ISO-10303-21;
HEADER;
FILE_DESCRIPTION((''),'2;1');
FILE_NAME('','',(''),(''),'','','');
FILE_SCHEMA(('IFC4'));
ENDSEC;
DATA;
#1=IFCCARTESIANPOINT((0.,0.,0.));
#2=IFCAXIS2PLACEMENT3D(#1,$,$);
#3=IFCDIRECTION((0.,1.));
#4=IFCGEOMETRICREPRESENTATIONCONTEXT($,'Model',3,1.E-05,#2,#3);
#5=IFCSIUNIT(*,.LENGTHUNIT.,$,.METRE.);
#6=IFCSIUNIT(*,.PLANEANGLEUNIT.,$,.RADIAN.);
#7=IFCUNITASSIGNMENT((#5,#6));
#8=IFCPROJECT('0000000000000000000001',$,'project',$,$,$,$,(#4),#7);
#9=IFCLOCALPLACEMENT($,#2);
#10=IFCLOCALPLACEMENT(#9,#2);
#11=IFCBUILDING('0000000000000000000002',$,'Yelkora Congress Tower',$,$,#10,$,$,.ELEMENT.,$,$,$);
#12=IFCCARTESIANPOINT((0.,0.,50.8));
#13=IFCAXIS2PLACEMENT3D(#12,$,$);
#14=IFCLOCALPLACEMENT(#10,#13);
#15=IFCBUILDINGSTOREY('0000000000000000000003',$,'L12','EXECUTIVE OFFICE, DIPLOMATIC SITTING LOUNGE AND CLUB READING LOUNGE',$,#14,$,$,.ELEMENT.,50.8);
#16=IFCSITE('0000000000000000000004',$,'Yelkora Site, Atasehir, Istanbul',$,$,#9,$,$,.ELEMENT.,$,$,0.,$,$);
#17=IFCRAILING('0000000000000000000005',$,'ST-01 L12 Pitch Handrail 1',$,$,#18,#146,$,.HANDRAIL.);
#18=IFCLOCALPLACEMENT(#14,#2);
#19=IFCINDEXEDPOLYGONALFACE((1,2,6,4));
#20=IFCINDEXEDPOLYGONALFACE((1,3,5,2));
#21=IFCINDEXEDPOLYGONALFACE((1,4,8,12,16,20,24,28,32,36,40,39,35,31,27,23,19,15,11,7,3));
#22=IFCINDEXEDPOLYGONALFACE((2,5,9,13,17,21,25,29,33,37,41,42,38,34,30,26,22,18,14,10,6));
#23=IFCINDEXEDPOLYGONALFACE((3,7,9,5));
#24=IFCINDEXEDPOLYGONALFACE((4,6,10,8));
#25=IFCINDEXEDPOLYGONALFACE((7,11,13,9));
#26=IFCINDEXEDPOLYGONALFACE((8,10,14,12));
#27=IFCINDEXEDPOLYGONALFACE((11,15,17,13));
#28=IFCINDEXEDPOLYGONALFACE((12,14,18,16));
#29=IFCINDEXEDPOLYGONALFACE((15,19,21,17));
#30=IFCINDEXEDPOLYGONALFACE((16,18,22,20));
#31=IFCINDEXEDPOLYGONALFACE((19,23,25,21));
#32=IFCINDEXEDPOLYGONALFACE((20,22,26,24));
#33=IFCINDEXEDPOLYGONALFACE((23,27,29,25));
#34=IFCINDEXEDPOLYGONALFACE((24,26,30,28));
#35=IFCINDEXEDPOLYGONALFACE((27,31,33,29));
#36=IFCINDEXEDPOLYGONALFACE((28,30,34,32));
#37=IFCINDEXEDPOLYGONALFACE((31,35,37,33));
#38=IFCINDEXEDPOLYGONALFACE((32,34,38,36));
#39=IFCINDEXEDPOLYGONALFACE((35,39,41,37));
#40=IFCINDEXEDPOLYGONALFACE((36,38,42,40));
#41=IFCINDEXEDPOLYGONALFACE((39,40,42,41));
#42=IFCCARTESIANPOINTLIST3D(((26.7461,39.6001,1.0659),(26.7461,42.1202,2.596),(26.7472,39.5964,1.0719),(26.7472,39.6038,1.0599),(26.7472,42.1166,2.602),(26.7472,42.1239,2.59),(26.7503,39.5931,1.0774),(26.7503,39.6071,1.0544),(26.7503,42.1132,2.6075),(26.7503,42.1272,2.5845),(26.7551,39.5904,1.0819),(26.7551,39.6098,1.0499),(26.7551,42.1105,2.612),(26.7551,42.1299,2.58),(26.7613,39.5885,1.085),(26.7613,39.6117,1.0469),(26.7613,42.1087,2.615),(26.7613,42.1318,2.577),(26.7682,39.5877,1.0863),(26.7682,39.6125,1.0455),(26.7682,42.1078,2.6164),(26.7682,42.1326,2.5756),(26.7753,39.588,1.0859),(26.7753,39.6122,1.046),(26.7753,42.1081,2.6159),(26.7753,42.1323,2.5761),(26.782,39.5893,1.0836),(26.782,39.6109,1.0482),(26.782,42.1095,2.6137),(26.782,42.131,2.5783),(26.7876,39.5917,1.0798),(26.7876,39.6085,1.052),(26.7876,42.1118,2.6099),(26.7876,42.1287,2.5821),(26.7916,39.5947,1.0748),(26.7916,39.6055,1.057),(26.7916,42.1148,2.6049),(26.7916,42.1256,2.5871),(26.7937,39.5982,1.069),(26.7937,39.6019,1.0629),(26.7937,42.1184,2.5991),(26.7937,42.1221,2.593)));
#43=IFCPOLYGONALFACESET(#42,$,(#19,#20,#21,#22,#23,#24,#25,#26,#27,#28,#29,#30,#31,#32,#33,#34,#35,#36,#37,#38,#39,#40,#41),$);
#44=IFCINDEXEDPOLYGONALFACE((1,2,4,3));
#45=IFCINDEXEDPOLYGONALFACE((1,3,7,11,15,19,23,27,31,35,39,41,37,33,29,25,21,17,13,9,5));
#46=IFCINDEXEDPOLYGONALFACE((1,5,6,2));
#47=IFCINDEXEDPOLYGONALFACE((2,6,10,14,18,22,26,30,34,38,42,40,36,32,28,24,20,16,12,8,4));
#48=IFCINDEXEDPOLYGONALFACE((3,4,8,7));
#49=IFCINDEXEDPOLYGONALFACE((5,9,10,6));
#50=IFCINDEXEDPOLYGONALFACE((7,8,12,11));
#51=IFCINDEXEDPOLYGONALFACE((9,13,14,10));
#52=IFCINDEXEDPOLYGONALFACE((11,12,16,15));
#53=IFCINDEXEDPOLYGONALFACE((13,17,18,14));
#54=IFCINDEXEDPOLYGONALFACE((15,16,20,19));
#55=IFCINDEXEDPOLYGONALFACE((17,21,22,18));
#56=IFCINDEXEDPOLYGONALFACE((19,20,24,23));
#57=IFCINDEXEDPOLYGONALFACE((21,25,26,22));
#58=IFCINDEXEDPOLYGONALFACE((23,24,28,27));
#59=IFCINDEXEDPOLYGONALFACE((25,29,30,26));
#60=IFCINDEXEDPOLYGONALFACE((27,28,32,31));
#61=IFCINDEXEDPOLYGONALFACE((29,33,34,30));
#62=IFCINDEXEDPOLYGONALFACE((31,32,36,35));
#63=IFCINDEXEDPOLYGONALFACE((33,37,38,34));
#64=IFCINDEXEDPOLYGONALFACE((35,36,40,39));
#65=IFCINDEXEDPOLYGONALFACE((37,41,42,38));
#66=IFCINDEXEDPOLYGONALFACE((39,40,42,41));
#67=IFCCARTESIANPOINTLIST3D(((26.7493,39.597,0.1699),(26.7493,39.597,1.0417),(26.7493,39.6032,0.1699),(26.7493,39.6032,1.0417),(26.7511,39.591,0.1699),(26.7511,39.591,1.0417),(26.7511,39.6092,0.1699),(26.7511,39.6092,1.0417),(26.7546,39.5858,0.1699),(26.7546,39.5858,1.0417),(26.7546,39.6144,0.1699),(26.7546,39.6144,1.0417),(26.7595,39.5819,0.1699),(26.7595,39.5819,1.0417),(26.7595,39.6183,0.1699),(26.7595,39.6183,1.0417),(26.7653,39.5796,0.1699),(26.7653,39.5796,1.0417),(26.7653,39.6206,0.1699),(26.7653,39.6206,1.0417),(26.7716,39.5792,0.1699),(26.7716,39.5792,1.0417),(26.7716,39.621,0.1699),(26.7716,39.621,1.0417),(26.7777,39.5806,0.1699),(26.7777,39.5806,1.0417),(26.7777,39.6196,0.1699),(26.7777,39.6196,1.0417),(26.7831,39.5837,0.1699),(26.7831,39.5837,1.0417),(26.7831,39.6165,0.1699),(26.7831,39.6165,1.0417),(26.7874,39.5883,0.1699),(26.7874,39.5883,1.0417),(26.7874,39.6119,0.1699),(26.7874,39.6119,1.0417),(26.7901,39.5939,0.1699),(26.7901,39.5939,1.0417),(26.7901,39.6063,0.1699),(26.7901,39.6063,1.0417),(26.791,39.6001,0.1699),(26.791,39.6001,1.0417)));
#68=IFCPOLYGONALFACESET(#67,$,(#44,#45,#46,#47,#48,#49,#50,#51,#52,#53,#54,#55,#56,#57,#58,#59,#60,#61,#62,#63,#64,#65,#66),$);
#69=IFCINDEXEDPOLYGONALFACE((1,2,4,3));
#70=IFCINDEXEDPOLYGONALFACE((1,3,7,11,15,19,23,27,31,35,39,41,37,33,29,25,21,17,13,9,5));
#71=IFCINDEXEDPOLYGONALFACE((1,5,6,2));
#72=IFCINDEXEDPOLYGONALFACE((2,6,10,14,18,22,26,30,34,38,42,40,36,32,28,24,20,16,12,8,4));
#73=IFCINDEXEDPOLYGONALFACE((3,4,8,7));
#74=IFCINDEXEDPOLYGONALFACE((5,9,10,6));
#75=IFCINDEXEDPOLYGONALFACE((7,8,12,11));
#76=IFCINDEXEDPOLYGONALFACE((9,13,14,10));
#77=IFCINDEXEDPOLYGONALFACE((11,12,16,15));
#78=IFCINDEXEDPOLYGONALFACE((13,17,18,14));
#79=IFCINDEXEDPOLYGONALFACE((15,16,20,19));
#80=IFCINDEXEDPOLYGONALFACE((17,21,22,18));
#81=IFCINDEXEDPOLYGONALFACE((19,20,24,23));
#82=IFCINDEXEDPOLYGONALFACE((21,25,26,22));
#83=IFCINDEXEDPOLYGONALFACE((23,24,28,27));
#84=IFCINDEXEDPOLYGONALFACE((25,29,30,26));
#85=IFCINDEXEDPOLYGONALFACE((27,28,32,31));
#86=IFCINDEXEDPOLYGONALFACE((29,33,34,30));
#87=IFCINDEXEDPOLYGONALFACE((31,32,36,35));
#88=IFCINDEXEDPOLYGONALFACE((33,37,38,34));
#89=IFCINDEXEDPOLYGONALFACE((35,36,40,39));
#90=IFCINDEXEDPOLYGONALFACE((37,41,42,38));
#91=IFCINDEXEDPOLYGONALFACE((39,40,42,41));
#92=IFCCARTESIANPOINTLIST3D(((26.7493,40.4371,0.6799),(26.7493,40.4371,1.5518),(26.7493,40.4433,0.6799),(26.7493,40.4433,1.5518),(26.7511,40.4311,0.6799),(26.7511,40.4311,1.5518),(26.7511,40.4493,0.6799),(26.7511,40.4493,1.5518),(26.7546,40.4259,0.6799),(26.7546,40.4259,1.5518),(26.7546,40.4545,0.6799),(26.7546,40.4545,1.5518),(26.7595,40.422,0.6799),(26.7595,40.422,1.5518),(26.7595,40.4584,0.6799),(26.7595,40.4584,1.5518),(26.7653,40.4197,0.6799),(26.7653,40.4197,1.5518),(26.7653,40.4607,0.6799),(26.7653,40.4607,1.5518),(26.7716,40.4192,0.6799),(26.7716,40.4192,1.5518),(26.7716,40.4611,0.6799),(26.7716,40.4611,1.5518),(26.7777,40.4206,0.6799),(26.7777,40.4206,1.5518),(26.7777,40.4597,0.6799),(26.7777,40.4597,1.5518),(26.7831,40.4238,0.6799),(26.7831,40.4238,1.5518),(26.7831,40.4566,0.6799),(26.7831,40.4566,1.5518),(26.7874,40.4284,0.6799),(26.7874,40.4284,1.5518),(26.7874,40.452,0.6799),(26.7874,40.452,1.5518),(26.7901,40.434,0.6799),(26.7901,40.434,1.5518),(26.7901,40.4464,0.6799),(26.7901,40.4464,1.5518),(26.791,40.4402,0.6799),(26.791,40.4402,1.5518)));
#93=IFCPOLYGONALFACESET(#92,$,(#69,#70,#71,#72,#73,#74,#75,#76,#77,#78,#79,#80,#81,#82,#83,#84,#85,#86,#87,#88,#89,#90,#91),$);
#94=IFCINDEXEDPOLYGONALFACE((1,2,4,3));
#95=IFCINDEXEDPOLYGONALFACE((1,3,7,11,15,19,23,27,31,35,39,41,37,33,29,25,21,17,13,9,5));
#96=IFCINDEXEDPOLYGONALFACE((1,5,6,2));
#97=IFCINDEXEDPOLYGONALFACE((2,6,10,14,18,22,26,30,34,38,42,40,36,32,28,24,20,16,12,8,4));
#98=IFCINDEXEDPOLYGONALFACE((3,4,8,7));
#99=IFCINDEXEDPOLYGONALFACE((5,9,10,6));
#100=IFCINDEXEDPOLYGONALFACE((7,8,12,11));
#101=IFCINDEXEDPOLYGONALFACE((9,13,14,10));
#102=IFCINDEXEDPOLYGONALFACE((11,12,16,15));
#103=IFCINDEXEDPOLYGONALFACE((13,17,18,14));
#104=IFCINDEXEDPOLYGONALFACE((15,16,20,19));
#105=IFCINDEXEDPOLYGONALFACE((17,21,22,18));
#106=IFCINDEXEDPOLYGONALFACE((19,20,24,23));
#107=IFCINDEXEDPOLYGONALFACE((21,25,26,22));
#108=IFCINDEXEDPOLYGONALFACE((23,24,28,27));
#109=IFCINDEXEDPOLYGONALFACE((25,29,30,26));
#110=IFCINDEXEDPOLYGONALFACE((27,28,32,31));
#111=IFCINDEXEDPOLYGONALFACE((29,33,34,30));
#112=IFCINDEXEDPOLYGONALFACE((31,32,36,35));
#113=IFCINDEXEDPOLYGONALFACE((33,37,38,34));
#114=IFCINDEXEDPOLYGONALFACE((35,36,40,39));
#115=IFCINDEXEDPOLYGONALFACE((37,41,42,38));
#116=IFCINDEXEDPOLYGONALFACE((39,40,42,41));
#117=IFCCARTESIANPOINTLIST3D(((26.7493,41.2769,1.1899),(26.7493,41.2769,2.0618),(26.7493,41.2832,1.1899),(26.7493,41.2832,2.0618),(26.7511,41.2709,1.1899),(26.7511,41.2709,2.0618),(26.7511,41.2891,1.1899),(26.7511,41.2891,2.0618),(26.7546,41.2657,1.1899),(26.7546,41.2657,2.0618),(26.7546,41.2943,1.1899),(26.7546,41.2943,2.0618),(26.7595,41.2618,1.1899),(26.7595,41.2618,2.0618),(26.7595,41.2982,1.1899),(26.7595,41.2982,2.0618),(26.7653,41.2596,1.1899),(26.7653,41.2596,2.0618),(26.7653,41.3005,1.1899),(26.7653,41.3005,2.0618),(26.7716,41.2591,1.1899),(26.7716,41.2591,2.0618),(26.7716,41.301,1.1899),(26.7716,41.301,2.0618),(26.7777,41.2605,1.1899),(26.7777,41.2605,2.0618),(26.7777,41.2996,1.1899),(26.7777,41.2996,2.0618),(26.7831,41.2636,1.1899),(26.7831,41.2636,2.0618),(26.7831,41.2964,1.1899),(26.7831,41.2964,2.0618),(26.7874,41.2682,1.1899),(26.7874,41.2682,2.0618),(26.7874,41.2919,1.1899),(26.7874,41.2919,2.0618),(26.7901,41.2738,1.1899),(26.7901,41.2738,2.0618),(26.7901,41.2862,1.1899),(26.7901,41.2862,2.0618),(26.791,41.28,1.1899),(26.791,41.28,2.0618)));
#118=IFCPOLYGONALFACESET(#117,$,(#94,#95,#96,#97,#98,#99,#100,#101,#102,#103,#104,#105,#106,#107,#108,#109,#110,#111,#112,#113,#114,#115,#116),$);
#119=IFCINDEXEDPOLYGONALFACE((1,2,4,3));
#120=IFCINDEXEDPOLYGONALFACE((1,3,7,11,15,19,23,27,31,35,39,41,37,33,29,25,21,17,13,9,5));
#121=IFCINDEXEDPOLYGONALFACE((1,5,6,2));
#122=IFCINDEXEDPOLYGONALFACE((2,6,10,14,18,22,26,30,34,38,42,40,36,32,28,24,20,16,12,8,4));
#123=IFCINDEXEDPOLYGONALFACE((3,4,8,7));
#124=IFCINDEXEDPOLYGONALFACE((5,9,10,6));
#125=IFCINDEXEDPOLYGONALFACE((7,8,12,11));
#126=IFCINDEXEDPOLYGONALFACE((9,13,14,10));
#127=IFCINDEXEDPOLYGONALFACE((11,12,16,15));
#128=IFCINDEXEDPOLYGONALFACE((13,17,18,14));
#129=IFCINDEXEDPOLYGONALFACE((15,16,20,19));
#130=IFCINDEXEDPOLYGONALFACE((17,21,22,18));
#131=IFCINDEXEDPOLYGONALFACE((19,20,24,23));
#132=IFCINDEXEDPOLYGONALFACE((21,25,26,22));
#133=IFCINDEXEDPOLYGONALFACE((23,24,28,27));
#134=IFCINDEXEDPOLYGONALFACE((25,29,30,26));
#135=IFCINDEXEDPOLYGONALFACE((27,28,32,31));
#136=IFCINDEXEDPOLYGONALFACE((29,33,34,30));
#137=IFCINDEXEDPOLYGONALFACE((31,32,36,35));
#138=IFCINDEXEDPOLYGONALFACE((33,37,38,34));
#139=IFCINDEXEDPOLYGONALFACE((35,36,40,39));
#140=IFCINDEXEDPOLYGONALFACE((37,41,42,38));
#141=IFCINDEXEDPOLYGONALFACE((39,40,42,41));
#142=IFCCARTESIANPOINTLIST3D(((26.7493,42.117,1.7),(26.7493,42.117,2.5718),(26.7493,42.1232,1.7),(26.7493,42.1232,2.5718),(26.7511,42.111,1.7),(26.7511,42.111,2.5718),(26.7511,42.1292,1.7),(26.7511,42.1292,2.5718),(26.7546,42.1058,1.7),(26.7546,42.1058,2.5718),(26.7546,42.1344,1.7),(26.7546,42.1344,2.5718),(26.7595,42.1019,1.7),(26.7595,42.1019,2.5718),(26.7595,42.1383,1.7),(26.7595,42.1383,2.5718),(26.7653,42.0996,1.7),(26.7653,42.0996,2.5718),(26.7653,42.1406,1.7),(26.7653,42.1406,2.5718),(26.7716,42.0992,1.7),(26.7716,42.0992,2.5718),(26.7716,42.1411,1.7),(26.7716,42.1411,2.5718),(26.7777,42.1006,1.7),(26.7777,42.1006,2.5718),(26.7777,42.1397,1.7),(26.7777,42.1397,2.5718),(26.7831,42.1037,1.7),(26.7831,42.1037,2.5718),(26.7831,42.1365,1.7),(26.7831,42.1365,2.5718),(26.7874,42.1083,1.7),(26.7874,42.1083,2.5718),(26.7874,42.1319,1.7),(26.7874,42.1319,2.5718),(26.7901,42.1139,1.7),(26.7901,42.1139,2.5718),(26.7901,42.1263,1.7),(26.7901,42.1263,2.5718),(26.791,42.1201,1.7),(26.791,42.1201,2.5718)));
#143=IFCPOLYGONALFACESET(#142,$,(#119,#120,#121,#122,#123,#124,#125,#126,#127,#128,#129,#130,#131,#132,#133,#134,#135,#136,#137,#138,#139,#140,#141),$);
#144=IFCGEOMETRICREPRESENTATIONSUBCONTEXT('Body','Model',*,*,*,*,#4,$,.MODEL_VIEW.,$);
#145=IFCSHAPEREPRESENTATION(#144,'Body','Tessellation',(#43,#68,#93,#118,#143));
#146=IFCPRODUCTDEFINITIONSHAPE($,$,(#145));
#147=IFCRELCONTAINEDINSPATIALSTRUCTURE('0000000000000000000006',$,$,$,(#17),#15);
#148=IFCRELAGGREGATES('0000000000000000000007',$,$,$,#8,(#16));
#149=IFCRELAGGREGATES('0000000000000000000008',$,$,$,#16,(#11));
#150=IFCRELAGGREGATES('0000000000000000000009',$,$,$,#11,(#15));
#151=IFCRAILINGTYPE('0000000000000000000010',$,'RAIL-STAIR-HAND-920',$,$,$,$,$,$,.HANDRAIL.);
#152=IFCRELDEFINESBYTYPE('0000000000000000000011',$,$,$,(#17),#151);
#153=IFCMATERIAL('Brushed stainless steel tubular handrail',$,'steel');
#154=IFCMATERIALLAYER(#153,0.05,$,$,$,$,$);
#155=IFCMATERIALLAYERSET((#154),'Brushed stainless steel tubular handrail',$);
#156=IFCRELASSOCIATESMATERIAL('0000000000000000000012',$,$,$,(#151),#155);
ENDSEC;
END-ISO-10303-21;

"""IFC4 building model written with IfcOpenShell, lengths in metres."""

from ifc_helpers import new_model, si_unit, direction, frame, origin, origin_2d, place, context, subcontext, project, spatial, circle, extrude, material, layer, layer_set, type_object, element, save


model = new_model("IFC4")

# Units and contexts
model_context = context("Model", 3, precision=1e-05, world=origin(), true_north=direction((0.0, 1.0)))
body_context = subcontext(model_context, "Body", "Model", "MODEL_VIEW")
ifc_project = project(units=[si_unit("LENGTHUNIT", "METRE"), si_unit("PLANEANGLEUNIT", "RADIAN")], contexts=[model_context])

# Site, building, storey
site_placement = place(None, origin())
site = spatial("IfcSite", under=ifc_project, at=site_placement, Name="Yelkora Site, Atasehir, Istanbul", CompositionType="ELEMENT", RefElevation=0.0)
building_placement = place(site_placement, origin())
building = spatial("IfcBuilding", under=site, at=building_placement, Name="Yelkora Congress Tower", CompositionType="ELEMENT")
storey_placement = place(building_placement, frame((0.0, 0.0, 50.8)))
storey = spatial("IfcBuildingStorey", under=building, at=storey_placement, Name="L12", Description="EXECUTIVE OFFICE, DIPLOMATIC SITTING LOUNGE AND CLUB READING LOUNGE", CompositionType="ELEMENT", Elevation=50.8)

# Railing
ifc_material_1 = material(Name="Brushed stainless steel tubular handrail", Category="steel")
ifc_layer_1 = layer(ifc_material_1, 0.05)
ifc_layer_set_1 = layer_set([ifc_layer_1], Name="Brushed stainless steel tubular handrail")
railing_type_1 = type_object("IfcRailingType", Name="RAIL-STAIR-HAND-920", PredefinedType="HANDRAIL", material=ifc_layer_set_1)
railing_1_placement = place(storey_placement, frame((26.77, 39.6001, 0.1699)))
element("IfcRailing", 1, at=railing_1_placement, inside=storey, type_object=railing_type_1, Name="ST-01 L12 Pitch Handrail 1", PredefinedType="HANDRAIL", context=body_context, shape_type="SweptSolid", body=[
    extrude(circle(Radius=0.0239, at=origin_2d()), frame((0.0, 0.0, 0.896), z_axis=(0.0, 0.854785, 0.518982), x_axis=(-1.0, 0.0, 0.0)), (0.0, 0.0, 1.0), 2.9482),
    extrude(circle(Radius=0.021, at=origin_2d()), origin(), (0.0, 0.0, 1.0), 0.8718),
    extrude(circle(Radius=0.021, at=origin_2d()), frame((0.0, 0.8401, 0.51)), (0.0, 0.0, 1.0), 0.8718),
    extrude(circle(Radius=0.021, at=origin_2d()), frame((0.0, 1.6799, 1.02)), (0.0, 0.0, 1.0), 0.8718),
    extrude(circle(Radius=0.021, at=origin_2d()), frame((0.0, 2.52, 1.53)), (0.0, 0.0, 1.0), 0.8718),
])

save(model, "model.ifc")
